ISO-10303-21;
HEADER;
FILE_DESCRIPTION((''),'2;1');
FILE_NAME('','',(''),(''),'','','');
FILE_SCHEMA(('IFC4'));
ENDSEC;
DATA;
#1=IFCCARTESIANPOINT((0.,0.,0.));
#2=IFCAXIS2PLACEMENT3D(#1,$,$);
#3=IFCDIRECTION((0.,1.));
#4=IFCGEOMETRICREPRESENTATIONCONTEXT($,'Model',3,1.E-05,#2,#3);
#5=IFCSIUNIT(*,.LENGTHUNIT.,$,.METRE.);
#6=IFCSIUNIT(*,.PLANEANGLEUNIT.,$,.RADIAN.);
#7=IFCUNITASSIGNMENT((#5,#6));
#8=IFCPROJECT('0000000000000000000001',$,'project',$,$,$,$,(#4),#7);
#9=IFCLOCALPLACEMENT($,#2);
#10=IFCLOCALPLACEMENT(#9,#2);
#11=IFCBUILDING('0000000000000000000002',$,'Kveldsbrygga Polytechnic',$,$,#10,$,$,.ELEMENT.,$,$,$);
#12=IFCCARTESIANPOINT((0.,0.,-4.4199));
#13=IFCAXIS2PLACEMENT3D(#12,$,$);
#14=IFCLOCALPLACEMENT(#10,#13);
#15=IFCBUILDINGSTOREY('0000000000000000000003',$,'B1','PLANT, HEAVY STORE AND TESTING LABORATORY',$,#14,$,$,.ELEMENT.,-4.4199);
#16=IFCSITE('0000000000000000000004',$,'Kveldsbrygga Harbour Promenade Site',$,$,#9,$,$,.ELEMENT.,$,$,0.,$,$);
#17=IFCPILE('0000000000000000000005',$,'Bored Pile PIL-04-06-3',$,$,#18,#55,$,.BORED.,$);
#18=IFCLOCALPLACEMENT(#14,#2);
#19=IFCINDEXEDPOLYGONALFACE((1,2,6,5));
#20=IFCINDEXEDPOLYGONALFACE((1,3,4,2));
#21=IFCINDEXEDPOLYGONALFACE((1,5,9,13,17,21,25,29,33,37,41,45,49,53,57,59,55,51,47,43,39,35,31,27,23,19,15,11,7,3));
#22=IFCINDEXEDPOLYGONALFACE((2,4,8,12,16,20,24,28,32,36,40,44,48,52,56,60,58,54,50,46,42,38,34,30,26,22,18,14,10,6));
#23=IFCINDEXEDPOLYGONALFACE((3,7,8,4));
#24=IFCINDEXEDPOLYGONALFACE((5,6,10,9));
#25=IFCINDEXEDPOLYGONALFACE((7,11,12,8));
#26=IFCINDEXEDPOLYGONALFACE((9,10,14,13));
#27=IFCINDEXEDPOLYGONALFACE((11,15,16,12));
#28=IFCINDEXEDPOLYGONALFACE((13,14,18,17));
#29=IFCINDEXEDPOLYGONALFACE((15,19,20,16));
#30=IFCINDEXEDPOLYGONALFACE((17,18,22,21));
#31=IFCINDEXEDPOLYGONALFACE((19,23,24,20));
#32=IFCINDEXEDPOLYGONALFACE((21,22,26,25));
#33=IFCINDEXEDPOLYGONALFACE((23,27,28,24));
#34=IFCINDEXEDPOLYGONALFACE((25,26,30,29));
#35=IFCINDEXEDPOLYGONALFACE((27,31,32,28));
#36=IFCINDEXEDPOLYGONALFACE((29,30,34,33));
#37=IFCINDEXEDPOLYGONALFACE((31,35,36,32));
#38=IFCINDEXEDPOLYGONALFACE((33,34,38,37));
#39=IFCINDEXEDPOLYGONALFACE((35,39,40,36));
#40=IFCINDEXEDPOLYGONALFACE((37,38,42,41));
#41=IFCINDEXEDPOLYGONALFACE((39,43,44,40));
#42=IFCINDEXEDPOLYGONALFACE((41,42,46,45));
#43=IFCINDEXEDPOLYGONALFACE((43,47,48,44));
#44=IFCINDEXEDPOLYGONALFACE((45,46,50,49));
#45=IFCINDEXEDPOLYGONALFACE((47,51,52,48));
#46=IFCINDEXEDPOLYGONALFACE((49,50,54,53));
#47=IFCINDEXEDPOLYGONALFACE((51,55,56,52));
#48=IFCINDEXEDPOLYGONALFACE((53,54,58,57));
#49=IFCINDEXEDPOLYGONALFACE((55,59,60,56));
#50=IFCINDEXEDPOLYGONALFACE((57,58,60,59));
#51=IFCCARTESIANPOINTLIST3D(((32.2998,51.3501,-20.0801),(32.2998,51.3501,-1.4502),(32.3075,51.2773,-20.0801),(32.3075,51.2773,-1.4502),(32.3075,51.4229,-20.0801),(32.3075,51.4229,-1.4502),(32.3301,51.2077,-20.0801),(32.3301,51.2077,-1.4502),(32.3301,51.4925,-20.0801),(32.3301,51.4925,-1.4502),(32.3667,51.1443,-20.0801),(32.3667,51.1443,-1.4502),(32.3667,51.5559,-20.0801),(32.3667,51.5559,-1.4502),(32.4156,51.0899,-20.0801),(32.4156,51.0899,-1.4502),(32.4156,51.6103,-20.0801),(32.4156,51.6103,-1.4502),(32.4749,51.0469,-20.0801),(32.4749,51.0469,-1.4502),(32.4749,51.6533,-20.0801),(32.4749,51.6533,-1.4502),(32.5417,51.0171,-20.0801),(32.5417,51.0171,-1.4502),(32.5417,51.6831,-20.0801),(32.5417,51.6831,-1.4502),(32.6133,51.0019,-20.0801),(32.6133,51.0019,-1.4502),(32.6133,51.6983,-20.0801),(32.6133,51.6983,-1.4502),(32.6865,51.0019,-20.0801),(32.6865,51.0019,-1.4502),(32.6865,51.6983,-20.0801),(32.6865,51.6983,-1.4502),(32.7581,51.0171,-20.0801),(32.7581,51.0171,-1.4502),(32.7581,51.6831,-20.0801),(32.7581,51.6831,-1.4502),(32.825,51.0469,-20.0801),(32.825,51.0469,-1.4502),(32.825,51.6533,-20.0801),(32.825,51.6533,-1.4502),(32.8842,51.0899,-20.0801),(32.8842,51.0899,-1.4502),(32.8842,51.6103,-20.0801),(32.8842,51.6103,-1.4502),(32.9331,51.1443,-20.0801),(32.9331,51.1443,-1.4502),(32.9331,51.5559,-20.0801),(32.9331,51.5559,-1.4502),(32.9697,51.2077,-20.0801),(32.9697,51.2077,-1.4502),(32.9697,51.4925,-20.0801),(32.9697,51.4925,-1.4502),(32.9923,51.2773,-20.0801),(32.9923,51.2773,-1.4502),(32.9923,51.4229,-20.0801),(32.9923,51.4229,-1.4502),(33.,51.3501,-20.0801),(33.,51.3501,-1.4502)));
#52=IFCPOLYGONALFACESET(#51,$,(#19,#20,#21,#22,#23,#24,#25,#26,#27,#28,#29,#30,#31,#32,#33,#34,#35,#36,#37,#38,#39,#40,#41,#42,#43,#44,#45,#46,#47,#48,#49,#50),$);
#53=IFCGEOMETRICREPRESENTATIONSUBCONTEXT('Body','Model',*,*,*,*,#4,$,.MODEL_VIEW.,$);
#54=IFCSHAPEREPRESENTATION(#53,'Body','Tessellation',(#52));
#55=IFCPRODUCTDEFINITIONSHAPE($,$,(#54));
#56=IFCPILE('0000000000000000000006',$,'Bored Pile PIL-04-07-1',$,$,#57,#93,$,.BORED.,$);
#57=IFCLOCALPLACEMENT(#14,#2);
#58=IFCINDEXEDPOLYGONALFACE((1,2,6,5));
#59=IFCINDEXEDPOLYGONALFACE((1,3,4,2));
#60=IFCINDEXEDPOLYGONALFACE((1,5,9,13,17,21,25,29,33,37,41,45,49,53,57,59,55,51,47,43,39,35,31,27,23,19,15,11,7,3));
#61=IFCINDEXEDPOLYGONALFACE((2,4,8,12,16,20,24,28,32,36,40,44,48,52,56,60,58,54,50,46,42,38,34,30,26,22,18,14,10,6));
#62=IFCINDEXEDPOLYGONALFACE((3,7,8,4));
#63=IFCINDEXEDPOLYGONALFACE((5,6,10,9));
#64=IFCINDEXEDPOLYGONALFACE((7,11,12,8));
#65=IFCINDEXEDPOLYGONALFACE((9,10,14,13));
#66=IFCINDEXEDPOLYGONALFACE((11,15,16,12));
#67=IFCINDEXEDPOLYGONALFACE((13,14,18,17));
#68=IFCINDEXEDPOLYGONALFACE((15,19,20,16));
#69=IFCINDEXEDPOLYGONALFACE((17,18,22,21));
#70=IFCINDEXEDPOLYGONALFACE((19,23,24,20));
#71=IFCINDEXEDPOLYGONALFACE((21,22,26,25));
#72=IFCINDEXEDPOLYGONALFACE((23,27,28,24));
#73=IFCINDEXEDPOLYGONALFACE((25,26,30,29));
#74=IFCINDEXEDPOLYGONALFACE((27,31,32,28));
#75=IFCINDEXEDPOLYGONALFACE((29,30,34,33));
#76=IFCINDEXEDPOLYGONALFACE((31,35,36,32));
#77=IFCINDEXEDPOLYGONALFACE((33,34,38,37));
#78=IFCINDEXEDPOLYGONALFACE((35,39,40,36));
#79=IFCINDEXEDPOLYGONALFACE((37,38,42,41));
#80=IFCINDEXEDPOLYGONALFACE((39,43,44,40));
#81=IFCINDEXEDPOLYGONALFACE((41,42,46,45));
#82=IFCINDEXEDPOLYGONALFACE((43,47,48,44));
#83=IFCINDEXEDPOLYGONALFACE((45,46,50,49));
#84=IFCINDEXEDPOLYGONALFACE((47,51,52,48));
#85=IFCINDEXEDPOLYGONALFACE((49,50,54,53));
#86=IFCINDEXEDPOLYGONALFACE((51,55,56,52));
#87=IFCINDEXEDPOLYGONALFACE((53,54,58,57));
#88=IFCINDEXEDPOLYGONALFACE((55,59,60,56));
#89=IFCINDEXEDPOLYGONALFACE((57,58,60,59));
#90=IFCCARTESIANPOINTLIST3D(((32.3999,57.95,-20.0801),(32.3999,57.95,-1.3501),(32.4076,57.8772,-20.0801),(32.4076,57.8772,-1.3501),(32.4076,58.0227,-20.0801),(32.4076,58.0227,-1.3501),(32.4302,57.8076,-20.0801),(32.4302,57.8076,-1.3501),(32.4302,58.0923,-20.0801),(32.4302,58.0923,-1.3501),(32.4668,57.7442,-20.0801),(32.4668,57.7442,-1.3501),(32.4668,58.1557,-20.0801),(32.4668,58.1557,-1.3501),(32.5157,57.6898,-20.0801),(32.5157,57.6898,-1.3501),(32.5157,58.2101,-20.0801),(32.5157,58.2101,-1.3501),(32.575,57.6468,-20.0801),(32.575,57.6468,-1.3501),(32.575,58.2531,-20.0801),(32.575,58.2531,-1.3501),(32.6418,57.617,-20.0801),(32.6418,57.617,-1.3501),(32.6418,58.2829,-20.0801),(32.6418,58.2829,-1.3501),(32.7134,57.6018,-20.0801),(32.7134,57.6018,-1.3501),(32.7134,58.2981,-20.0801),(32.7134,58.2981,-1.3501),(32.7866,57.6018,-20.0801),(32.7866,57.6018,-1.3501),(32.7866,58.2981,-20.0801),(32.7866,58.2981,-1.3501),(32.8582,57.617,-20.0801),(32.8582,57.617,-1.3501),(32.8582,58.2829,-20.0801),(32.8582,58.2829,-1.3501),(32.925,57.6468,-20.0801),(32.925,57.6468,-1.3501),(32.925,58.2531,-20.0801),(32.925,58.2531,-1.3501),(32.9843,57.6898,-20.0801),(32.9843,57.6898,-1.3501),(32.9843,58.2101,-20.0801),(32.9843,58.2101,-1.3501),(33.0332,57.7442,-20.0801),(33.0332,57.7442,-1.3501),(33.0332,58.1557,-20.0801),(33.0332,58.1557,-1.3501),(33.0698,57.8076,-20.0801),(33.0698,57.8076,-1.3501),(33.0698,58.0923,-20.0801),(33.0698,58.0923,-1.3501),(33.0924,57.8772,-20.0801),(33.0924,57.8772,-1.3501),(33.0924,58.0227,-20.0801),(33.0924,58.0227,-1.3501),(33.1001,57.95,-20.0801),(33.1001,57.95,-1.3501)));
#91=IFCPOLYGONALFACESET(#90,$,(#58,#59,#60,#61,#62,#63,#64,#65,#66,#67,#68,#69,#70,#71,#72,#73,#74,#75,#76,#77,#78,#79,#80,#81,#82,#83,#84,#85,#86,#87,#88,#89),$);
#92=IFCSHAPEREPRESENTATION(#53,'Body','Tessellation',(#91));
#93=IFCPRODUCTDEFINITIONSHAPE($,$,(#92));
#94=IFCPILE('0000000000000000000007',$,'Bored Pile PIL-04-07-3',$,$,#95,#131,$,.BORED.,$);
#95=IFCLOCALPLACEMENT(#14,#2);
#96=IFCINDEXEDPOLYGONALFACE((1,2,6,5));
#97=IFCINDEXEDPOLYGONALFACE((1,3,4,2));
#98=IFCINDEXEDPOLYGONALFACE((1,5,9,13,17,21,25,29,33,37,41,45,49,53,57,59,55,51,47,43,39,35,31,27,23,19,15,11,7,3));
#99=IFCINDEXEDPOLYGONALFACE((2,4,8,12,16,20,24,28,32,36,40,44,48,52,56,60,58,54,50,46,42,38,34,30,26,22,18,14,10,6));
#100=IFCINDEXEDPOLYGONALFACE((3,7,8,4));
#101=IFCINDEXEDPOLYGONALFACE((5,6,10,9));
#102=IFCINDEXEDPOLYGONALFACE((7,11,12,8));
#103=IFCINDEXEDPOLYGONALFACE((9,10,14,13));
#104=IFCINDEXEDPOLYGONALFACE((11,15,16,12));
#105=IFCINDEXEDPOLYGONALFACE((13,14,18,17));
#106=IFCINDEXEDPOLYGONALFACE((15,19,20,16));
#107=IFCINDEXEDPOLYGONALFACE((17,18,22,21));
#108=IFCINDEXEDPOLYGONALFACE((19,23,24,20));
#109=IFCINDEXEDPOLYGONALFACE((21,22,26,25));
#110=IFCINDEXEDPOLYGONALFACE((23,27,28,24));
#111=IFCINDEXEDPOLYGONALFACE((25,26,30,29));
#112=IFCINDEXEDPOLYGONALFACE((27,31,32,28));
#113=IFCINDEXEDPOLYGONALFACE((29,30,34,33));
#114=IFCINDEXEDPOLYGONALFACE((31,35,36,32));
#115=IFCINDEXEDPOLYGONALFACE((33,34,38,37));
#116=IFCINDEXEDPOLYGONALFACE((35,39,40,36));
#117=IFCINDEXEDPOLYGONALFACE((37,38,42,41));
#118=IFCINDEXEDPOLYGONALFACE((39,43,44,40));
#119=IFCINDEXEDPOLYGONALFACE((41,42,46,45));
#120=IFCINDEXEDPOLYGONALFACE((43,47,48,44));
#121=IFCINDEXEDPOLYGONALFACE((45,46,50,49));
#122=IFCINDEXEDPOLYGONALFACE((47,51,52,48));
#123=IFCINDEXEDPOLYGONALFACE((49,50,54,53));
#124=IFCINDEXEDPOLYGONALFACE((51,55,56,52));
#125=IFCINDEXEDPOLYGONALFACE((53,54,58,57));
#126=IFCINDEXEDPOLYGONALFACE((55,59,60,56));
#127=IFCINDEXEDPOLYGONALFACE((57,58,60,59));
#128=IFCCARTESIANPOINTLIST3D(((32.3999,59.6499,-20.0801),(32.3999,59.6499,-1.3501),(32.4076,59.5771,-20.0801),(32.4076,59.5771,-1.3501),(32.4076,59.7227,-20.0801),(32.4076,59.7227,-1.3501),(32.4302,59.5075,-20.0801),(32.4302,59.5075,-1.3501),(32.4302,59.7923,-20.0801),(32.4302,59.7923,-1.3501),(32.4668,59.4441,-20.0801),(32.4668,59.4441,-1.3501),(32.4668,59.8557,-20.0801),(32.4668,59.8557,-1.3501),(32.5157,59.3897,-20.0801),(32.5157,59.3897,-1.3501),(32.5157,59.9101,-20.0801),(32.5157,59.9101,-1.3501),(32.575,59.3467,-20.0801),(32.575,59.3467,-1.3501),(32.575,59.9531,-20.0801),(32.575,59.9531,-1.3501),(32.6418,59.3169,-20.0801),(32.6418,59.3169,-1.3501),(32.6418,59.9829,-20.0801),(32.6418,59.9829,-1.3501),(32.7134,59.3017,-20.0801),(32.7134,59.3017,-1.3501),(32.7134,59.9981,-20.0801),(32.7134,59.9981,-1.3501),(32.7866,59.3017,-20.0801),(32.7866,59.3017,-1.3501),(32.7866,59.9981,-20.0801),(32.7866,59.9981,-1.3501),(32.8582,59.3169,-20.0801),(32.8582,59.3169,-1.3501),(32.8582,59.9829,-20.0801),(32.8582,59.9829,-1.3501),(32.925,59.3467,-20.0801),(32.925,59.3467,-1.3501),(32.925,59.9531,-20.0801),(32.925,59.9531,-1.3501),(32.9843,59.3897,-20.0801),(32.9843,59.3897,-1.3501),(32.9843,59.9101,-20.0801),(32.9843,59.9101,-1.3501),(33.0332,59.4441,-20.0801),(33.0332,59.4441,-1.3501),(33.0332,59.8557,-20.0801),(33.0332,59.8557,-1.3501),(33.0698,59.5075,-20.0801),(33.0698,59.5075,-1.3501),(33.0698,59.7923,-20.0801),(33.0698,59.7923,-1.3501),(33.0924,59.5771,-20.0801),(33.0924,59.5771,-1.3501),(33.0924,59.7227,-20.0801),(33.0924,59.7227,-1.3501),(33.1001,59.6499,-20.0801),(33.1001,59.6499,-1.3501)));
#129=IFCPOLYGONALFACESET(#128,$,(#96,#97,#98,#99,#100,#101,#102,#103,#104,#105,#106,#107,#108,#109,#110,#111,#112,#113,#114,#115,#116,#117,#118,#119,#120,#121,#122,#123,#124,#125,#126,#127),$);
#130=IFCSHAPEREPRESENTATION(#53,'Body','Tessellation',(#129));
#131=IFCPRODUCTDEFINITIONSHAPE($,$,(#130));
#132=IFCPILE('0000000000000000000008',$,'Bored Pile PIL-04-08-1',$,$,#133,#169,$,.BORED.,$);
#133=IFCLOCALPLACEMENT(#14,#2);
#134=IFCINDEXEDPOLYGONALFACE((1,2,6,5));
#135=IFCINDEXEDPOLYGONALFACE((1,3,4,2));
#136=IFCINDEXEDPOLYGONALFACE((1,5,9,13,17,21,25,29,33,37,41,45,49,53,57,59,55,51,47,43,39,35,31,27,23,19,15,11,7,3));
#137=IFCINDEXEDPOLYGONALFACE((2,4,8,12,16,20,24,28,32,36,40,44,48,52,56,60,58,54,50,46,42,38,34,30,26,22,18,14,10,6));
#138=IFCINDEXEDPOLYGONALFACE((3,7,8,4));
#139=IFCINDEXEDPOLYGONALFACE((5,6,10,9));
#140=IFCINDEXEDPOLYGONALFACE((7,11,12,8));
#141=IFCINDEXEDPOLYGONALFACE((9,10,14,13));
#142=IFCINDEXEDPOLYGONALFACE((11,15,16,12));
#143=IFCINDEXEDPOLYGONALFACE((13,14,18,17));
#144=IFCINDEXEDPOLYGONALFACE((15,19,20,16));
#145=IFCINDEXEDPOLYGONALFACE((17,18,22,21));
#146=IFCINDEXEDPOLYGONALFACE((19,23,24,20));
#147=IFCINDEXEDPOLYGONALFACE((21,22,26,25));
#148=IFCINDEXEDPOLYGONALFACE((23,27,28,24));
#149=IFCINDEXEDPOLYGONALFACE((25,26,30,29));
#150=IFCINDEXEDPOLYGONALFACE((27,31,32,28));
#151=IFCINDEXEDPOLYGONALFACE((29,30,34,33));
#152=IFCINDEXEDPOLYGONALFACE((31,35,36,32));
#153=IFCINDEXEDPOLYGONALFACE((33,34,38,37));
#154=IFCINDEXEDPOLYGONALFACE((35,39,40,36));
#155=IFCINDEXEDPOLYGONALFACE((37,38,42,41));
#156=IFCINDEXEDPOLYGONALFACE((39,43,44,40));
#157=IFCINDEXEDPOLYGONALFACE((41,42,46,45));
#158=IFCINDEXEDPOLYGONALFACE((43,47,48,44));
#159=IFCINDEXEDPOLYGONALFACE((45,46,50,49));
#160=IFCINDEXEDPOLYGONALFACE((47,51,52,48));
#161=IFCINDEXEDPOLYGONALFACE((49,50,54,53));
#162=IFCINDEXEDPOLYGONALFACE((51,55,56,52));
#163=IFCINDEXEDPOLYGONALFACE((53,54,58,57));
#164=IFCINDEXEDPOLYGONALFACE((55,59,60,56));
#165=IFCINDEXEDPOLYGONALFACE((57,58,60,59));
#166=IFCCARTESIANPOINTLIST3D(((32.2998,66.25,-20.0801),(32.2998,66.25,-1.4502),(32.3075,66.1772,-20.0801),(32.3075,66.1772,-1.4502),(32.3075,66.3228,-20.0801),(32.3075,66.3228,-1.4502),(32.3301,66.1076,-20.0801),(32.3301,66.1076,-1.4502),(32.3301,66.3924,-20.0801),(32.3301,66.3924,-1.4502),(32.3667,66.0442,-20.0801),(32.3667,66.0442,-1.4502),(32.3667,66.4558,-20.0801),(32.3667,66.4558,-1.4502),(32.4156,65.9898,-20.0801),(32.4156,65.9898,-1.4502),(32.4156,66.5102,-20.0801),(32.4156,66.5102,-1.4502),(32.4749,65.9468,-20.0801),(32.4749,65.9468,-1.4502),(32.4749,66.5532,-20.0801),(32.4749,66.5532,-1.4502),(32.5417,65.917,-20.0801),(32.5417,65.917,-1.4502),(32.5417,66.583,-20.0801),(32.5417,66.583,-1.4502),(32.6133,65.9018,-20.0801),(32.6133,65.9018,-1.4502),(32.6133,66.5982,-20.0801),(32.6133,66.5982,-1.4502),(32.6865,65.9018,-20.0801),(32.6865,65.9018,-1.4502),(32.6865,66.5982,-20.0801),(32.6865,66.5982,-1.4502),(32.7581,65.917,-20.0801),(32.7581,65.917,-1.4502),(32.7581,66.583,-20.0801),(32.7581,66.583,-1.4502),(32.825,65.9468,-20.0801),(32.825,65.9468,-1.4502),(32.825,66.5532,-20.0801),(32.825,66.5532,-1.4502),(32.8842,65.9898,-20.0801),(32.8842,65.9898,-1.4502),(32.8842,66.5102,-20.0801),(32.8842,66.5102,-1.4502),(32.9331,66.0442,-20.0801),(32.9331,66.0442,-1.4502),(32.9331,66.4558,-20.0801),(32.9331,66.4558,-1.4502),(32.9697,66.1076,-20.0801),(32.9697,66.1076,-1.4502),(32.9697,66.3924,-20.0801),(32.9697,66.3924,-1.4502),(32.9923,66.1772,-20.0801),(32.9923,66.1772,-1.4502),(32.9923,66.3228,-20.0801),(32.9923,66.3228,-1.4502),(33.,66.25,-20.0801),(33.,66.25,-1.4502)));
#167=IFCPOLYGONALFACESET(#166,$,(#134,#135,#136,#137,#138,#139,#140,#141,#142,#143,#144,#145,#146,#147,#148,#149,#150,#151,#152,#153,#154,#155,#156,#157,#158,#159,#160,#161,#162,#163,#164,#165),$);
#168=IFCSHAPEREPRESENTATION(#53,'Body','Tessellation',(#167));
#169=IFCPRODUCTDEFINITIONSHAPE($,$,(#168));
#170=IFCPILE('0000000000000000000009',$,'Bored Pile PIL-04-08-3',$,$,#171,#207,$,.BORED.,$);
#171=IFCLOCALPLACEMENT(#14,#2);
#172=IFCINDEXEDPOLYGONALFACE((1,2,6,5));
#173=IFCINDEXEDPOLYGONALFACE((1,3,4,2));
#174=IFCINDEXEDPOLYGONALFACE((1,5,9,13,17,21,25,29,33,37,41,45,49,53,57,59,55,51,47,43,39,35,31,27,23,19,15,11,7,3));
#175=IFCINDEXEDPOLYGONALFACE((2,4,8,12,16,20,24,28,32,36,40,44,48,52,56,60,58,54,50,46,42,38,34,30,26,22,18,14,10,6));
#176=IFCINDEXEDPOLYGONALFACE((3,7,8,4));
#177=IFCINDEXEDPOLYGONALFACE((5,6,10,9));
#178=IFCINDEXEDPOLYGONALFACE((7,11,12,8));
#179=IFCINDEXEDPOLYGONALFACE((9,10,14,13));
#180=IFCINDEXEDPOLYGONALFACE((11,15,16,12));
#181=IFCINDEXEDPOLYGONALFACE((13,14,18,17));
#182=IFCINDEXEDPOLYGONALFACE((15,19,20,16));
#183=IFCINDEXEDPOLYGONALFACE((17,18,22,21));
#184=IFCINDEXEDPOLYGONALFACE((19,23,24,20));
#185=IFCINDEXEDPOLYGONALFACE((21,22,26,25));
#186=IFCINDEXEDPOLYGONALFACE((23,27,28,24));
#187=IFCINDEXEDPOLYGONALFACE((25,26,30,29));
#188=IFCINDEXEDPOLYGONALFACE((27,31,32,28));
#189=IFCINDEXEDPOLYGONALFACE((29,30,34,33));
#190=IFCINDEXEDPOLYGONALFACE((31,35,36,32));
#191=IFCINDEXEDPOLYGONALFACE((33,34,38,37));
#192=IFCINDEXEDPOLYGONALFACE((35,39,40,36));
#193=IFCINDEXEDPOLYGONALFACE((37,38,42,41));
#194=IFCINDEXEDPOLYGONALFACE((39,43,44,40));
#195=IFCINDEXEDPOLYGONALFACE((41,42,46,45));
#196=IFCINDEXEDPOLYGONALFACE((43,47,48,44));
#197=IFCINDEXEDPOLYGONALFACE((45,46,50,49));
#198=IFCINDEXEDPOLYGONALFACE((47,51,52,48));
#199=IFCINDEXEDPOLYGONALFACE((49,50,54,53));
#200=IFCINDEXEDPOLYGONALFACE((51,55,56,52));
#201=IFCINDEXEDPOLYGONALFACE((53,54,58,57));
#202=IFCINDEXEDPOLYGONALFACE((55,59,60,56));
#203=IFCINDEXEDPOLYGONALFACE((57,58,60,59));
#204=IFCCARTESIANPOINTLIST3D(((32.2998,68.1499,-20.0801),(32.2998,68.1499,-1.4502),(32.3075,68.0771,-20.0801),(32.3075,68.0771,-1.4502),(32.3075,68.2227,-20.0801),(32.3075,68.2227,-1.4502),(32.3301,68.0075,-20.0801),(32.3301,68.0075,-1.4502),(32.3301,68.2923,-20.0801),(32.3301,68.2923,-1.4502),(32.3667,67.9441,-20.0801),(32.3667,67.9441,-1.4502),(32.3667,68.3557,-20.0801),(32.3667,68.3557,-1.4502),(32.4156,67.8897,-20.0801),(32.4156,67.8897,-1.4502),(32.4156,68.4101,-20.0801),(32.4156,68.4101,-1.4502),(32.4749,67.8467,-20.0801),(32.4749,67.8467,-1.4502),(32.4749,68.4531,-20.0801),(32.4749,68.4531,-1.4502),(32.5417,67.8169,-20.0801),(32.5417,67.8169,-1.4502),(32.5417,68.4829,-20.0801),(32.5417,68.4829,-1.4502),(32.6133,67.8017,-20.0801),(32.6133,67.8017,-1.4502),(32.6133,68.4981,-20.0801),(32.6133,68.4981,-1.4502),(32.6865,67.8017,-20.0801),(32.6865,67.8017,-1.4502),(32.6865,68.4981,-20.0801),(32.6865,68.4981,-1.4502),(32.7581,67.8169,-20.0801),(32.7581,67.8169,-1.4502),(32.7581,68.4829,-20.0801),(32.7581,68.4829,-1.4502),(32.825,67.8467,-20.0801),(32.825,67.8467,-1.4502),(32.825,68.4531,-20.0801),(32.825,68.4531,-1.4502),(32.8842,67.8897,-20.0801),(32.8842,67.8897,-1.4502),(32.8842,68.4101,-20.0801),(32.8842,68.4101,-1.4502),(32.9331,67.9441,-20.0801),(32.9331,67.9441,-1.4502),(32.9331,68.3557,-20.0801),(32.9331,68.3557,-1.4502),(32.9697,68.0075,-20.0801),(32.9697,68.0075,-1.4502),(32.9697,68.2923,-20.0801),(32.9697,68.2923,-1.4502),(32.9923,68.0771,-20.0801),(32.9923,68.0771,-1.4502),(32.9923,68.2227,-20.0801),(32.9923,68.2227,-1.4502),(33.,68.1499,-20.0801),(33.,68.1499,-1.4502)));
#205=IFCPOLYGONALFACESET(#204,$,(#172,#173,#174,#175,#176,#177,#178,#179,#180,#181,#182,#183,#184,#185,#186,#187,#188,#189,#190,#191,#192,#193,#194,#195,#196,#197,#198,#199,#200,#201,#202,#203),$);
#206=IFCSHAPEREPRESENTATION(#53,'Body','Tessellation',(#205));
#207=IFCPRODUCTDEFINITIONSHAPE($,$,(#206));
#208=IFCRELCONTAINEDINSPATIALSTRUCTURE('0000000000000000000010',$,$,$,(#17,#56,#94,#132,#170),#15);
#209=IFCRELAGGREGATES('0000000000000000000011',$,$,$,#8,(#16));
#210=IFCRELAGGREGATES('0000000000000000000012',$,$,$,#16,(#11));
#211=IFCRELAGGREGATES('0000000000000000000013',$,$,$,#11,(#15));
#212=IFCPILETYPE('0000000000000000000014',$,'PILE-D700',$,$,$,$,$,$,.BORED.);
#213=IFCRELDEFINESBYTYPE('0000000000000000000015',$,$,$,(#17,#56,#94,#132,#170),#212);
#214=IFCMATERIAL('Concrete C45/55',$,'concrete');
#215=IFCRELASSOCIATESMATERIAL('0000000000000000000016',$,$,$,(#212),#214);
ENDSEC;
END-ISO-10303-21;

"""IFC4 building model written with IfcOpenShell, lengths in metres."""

from ifc_helpers import new_model, si_unit, direction, frame, origin, origin_2d, place, context, subcontext, project, spatial, circle, extrude, material, material_profile, profile_set, type_object, element, save


model = new_model("IFC4")

# Units and contexts
model_context = context("Model", 3, precision=1e-05, world=origin(), true_north=direction((0.0, 1.0)))
body_context = subcontext(model_context, "Body", "Model", "MODEL_VIEW")
ifc_project = project(units=[si_unit("LENGTHUNIT", "METRE"), si_unit("PLANEANGLEUNIT", "RADIAN")], contexts=[model_context])

# Site, building, storey
site_placement = place(None, origin())
site = spatial("IfcSite", under=ifc_project, at=site_placement, Name="Kveldsbrygga Harbour Promenade Site", CompositionType="ELEMENT", RefElevation=0.0)
building_placement = place(site_placement, origin())
building = spatial("IfcBuilding", under=site, at=building_placement, Name="Kveldsbrygga Polytechnic", CompositionType="ELEMENT")
storey_placement = place(building_placement, frame((0.0, 0.0, -4.4199)))
storey = spatial("IfcBuildingStorey", under=building, at=storey_placement, Name="B1", Description="PLANT, HEAVY STORE AND TESTING LABORATORY", CompositionType="ELEMENT", Elevation=-4.4199)

# Shared definitions
ifc_material_1 = material(Name="Concrete C45/55", Category="concrete")

# Piles
ifc_material_profile_1 = material_profile(ifc_material_1, circle(Radius=0.3501, at=origin_2d()), Name="PILE D700")
ifc_profile_set_1 = profile_set([ifc_material_profile_1], Name="Concrete C45/55")
pile_type_1 = type_object("IfcPileType", Name="PILE-D700", PredefinedType="BORED", material=ifc_profile_set_1)
for number, where, z_axis, x_axis, name in (
    (1, (32.6499, 51.3501, -1.4502), (0.0, 0.0, -1.0), (1.0, 0.0, 0.0), "Bored Pile PIL-04-06-3"),
):
    element("IfcPile", number, at=place(storey_placement, frame(where, z_axis=z_axis, x_axis=x_axis)), inside=storey, type_object=pile_type_1, Name=name, PredefinedType="BORED", context=body_context, shape_type="SweptSolid", body=[
        extrude(circle(Radius=0.3501, at=origin_2d()), origin(), (0.0, 0.0, 1.0), 18.6299),
    ])
for number, where, z_axis, x_axis, name in (
    (2, (32.75, 57.95, -1.3501), (0.0, 0.0, -1.0), (1.0, 0.0, 0.0), "Bored Pile PIL-04-07-1"),
    (3, (32.75, 59.6499, -1.3501), (0.0, 0.0, -1.0), (1.0, 0.0, 0.0), "Bored Pile PIL-04-07-3"),
):
    element("IfcPile", number, at=place(storey_placement, frame(where, z_axis=z_axis, x_axis=x_axis)), inside=storey, type_object=pile_type_1, Name=name, PredefinedType="BORED", context=body_context, shape_type="SweptSolid", body=[
        extrude(circle(Radius=0.3501, at=origin_2d()), origin(), (0.0, 0.0, 1.0), 18.73),
    ])
for number, where, z_axis, x_axis, name in (
    (4, (32.6499, 66.25, -1.4502), (0.0, 0.0, -1.0), (1.0, 0.0, 0.0), "Bored Pile PIL-04-08-1"),
    (5, (32.6499, 68.1499, -1.4502), (0.0, 0.0, -1.0), (1.0, 0.0, 0.0), "Bored Pile PIL-04-08-3"),
):
    element("IfcPile", number, at=place(storey_placement, frame(where, z_axis=z_axis, x_axis=x_axis)), inside=storey, type_object=pile_type_1, Name=name, PredefinedType="BORED", context=body_context, shape_type="SweptSolid", body=[
        extrude(circle(Radius=0.3501, at=origin_2d()), origin(), (0.0, 0.0, 1.0), 18.6299),
    ])

save(model, "model.ifc")
